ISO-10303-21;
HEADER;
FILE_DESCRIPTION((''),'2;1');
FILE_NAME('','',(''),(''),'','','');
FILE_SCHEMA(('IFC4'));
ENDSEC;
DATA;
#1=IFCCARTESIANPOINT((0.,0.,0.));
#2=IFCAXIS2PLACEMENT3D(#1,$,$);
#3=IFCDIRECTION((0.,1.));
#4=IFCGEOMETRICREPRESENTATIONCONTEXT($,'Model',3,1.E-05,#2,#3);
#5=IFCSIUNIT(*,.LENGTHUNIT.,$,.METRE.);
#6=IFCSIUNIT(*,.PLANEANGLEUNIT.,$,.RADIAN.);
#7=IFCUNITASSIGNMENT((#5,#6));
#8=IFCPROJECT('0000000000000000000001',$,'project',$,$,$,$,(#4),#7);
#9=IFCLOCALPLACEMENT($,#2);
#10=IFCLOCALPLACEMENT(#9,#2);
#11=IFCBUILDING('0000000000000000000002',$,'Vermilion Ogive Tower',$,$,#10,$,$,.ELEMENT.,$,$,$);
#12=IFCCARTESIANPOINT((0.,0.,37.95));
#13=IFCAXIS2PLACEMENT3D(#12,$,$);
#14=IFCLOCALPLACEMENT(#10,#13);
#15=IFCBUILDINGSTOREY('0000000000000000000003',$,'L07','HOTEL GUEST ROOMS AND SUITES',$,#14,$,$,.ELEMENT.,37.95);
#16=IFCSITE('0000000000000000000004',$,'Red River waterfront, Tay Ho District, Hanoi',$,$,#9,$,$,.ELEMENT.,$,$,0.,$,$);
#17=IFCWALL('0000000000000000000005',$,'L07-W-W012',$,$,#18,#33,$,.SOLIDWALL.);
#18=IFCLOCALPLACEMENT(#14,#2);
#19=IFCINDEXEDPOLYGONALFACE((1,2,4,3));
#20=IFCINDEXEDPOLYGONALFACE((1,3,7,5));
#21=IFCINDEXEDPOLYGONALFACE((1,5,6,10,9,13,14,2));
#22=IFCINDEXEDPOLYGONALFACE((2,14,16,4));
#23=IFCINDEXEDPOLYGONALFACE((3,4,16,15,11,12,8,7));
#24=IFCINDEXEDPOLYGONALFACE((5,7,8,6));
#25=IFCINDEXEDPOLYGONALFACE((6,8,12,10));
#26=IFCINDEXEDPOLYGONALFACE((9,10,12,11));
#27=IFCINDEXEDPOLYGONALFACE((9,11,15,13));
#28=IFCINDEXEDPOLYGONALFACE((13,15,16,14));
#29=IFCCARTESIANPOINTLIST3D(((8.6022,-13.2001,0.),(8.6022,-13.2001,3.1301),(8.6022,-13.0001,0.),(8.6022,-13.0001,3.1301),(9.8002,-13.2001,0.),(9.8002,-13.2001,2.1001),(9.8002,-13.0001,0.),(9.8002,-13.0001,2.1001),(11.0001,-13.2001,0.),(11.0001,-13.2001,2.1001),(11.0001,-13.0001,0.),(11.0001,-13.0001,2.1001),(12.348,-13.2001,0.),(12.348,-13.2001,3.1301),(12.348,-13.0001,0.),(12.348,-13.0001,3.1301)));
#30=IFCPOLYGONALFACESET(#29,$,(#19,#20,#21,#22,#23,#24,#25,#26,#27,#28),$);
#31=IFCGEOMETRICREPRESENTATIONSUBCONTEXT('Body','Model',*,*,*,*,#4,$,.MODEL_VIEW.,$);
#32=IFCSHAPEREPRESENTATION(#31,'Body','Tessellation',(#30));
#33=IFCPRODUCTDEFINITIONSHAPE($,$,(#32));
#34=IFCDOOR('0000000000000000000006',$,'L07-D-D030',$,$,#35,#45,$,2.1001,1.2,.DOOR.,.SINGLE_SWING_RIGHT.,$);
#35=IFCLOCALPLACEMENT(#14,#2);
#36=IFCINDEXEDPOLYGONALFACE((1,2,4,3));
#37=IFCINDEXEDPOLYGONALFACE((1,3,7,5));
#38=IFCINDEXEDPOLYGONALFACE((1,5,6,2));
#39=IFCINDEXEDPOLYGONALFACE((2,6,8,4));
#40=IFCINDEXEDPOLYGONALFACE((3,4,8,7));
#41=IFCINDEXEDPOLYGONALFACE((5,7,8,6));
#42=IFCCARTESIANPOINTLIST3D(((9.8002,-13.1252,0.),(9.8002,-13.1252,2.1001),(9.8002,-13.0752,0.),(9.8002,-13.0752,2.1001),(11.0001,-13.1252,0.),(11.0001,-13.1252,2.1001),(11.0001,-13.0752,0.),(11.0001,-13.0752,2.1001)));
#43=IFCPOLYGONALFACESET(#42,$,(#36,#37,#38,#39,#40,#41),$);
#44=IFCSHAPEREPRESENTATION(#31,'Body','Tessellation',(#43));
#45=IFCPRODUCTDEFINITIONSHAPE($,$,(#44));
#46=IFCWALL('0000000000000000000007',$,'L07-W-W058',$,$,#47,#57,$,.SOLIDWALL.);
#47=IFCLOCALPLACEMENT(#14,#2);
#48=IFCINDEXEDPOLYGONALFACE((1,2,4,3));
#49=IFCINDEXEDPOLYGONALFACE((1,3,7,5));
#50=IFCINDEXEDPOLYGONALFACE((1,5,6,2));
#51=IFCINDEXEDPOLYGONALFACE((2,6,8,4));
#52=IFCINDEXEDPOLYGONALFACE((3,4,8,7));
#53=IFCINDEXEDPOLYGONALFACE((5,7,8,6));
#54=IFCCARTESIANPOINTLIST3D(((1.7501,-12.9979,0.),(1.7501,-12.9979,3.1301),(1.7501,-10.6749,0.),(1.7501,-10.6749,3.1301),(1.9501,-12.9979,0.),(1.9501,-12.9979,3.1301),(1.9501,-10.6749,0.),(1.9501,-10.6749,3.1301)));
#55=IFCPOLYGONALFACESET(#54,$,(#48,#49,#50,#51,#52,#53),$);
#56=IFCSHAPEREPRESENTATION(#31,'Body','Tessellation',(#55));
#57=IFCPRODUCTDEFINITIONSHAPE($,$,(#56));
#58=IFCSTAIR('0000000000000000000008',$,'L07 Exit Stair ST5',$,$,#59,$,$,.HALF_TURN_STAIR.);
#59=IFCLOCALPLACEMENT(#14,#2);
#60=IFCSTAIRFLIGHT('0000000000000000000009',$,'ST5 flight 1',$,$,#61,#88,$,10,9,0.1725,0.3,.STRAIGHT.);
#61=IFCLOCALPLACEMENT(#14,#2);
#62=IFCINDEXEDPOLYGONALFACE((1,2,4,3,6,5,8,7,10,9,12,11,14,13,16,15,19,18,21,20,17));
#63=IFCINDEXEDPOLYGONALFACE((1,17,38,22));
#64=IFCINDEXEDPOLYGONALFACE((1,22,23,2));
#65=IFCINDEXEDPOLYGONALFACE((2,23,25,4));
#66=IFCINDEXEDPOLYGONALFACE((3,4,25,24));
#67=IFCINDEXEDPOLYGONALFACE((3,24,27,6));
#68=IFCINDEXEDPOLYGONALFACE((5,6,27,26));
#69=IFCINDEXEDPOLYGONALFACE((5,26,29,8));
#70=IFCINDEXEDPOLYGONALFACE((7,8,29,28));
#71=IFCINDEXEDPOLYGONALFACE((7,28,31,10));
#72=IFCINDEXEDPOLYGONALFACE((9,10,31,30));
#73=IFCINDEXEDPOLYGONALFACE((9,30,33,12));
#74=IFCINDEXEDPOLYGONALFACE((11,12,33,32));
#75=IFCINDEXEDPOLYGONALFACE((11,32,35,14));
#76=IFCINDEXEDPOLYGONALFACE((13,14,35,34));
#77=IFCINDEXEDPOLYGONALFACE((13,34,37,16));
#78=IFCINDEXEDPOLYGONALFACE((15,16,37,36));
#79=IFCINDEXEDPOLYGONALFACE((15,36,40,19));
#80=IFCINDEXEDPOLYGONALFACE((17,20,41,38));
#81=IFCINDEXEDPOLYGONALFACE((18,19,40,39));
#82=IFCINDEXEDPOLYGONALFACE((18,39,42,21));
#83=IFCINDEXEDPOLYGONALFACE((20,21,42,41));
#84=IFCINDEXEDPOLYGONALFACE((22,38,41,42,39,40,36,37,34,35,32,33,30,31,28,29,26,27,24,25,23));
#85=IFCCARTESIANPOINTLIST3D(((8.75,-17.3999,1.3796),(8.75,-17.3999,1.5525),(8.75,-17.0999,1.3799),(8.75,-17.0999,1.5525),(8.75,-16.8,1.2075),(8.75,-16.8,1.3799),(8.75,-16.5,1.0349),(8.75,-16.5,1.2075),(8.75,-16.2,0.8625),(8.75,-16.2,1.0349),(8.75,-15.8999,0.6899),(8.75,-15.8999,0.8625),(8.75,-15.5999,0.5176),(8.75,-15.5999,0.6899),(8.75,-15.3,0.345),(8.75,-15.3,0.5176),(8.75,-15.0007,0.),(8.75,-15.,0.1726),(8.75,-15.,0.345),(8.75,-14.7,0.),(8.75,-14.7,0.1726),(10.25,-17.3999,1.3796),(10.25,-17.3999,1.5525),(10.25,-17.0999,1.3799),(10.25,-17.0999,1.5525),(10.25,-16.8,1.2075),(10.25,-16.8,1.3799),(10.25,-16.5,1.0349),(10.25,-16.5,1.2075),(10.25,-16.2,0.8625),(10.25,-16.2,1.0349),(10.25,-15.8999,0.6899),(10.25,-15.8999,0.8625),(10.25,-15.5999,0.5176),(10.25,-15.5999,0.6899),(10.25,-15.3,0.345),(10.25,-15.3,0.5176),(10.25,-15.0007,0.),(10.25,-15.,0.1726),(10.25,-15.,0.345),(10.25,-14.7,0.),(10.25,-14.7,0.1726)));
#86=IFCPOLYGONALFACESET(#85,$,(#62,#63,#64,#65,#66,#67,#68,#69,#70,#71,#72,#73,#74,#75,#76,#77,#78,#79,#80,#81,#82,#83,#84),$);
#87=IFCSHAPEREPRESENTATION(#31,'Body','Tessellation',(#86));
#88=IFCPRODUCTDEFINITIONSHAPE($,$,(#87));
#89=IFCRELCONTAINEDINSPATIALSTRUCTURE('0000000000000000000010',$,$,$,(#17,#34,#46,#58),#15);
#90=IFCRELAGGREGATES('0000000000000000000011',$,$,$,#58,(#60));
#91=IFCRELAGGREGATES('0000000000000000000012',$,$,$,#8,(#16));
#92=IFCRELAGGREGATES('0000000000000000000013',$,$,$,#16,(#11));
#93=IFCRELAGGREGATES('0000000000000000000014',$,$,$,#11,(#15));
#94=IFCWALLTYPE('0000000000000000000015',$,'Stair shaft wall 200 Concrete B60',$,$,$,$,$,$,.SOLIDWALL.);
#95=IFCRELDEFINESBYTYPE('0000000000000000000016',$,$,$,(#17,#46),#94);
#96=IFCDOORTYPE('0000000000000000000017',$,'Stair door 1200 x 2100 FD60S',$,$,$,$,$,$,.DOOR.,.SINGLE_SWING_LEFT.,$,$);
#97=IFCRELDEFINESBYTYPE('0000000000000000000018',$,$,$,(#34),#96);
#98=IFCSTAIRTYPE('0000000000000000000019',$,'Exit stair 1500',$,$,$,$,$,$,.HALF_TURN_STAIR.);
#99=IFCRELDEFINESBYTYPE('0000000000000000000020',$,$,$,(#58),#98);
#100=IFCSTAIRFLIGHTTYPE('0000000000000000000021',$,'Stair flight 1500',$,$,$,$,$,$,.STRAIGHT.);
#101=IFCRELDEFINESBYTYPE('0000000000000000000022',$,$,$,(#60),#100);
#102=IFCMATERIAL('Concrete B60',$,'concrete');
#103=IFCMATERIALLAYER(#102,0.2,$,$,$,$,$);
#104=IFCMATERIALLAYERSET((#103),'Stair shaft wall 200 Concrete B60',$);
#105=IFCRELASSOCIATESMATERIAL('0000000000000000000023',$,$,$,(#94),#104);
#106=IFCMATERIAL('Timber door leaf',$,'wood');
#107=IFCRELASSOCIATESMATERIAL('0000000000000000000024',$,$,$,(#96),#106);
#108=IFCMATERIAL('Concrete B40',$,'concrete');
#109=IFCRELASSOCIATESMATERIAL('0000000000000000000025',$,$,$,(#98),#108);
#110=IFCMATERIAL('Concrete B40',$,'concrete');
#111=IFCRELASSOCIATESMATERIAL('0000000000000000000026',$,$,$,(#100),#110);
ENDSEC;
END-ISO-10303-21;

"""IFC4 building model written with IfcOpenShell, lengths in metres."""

from ifc_helpers import new_model, si_unit, direction, frame, frame_2d, origin, place, context, subcontext, project, spatial, polyline, rectangle, outline, extrude, material, layer, layer_set, type_object, element, fill, aggregate, save


model = new_model("IFC4")

# Units and contexts
model_context = context("Model", 3, precision=1e-05, world=origin(), true_north=direction((0.0, 1.0)))
body_context = subcontext(model_context, "Body", "Model", "MODEL_VIEW")
ifc_project = project(units=[si_unit("LENGTHUNIT", "METRE"), si_unit("PLANEANGLEUNIT", "RADIAN")], contexts=[model_context])

# Site, building, storey
site_placement = place(None, origin())
site = spatial("IfcSite", under=ifc_project, at=site_placement, Name="Red River waterfront, Tay Ho District, Hanoi", CompositionType="ELEMENT", RefElevation=0.0)
building_placement = place(site_placement, origin())
building = spatial("IfcBuilding", under=site, at=building_placement, Name="Vermilion Ogive Tower", CompositionType="ELEMENT")
storey_placement = place(building_placement, frame((0.0, 0.0, 37.95)))
storey = spatial("IfcBuildingStorey", under=building, at=storey_placement, Name="L07", Description="HOTEL GUEST ROOMS AND SUITES", CompositionType="ELEMENT", Elevation=37.95)

# Wall, opening, door
ifc_material_1 = material(Name="Concrete B60", Category="concrete")
ifc_layer_1 = layer(ifc_material_1, 0.2)
ifc_layer_set_1 = layer_set([ifc_layer_1], Name="Stair shaft wall 200 Concrete B60")
wall_type_1 = type_object("IfcWallType", Name="Stair shaft wall 200 Concrete B60", PredefinedType="SOLIDWALL", material=ifc_layer_set_1)
wall_1_placement = place(storey_placement, frame((8.6021, -13.1001, 0.0), z_axis=(0.0, 0.0, 1.0), x_axis=(1.0, 0.0, 0.0)))
wall_1 = element("IfcWall", 1, at=wall_1_placement, inside=storey, type_object=wall_type_1, Name="L07-W-W012", PredefinedType="SOLIDWALL", context=body_context, shape_type="SweptSolid", body=[
    extrude(rectangle(XDim=3.7458, YDim=0.2, at=frame_2d((1.873, 0.0))), origin(), (0.0, 0.0, 1.0), 3.1301),
])
opening_1_placement = place(wall_1_placement, frame((1.198, 0.0, 0.0)))
opening_1 = element("IfcOpeningElement", 2, at=opening_1_placement, cuts=wall_1, PredefinedType="OPENING", context=body_context, shape_type="SweptSolid", body=[
    extrude(rectangle(XDim=1.2, YDim=2.1001, at=frame_2d((0.6001, 1.05))), frame((0.0, 0.1099, 0.0), z_axis=(0.0, -1.0, 0.0), x_axis=(1.0, 0.0, 0.0)), (0.0, 0.0, 1.0), 0.22),
])
ifc_material_2 = material(Name="Timber door leaf", Category="wood")
door_type_1 = type_object("IfcDoorType", Name="Stair door 1200 x 2100 FD60S", OperationType="SINGLE_SWING_LEFT", PredefinedType="DOOR", material=ifc_material_2)
door_1_placement = place(opening_1_placement, origin())
door_1 = element("IfcDoor", 3, at=door_1_placement, inside=storey, type_object=door_type_1, Name="L07-D-D030", OperationType="SINGLE_SWING_RIGHT", OverallHeight=2.1001, OverallWidth=1.2, PredefinedType="DOOR", context=body_context, shape_type="SweptSolid", body=[
    extrude(rectangle(XDim=1.2, YDim=2.1001, at=frame_2d((0.6001, 1.05))), frame((0.0, 0.0249, 0.0), z_axis=(0.0, -1.0, 0.0), x_axis=(1.0, 0.0, 0.0)), (0.0, 0.0, 1.0), 0.05),
])
fill(opening_1, door_1)

# Wall
wall_2_placement = place(storey_placement, frame((1.8501, -12.998, 0.0), z_axis=(0.0, 0.0, 1.0), x_axis=(0.0, 1.0, 0.0)))
element("IfcWall", 4, at=wall_2_placement, inside=storey, type_object=wall_type_1, Name="L07-W-W058", PredefinedType="SOLIDWALL", context=body_context, shape_type="SweptSolid", body=[
    extrude(rectangle(XDim=2.323, YDim=0.2, at=frame_2d((1.1616, 0.0))), origin(), (0.0, 0.0, 1.0), 3.1301),
])

# Stair, stair flight
ifc_material_3 = material(Name="Concrete B40", Category="concrete")
stair_type = type_object("IfcStairType", Name="Exit stair 1500", PredefinedType="HALF_TURN_STAIR", material=ifc_material_3)
stair_placement = place(storey_placement, origin())
stair = element("IfcStair", 5, at=stair_placement, inside=storey, type_object=stair_type, Name="L07 Exit Stair ST5", PredefinedType="HALF_TURN_STAIR")
ifc_material_4 = material(Name="Concrete B40", Category="concrete")
stair_flight_type = type_object("IfcStairFlightType", Name="Stair flight 1500", PredefinedType="STRAIGHT", material=ifc_material_4)
stair_flight_placement = place(storey_placement, frame((9.5, -14.7, 0.0), z_axis=(0.0, 0.0, 1.0), x_axis=(0.0, -1.0, 0.0)))
stair_flight = element("IfcStairFlight", 6, at=stair_flight_placement, type_object=stair_flight_type, Name="ST5 flight 1", NumberOfRisers=10, NumberOfTreads=9, PredefinedType="STRAIGHT", RiserHeight=0.1725, TreadLength=0.3, context=body_context, shape_type="SweptSolid", body=[
    extrude(outline(polyline([(0.0, 0.0), (0.0, 0.1726), (0.3, 0.1726), (0.3, 0.345), (0.6001, 0.345), (0.6001, 0.5176), (0.8999, 0.5176), (0.8999, 0.6899), (1.2, 0.6899), (1.2, 0.8625), (1.5, 0.8625), (1.5, 1.0349), (1.8, 1.0349), (1.8, 1.2075), (2.1001, 1.2075), (2.1001, 1.3799), (2.3999, 1.3799), (2.3999, 1.5525), (2.7, 1.5525), (2.7, 1.7251), (2.7, 1.3796), (0.3008, 0.0), (0.0, 0.0)])), frame((0.0, 0.75, 0.0), z_axis=(0.0, -1.0, 0.0), x_axis=(1.0, 0.0, 0.0)), (0.0, 0.0, 1.0), 1.5),
])
aggregate(stair, [stair_flight])

save(model, "model.ifc")
